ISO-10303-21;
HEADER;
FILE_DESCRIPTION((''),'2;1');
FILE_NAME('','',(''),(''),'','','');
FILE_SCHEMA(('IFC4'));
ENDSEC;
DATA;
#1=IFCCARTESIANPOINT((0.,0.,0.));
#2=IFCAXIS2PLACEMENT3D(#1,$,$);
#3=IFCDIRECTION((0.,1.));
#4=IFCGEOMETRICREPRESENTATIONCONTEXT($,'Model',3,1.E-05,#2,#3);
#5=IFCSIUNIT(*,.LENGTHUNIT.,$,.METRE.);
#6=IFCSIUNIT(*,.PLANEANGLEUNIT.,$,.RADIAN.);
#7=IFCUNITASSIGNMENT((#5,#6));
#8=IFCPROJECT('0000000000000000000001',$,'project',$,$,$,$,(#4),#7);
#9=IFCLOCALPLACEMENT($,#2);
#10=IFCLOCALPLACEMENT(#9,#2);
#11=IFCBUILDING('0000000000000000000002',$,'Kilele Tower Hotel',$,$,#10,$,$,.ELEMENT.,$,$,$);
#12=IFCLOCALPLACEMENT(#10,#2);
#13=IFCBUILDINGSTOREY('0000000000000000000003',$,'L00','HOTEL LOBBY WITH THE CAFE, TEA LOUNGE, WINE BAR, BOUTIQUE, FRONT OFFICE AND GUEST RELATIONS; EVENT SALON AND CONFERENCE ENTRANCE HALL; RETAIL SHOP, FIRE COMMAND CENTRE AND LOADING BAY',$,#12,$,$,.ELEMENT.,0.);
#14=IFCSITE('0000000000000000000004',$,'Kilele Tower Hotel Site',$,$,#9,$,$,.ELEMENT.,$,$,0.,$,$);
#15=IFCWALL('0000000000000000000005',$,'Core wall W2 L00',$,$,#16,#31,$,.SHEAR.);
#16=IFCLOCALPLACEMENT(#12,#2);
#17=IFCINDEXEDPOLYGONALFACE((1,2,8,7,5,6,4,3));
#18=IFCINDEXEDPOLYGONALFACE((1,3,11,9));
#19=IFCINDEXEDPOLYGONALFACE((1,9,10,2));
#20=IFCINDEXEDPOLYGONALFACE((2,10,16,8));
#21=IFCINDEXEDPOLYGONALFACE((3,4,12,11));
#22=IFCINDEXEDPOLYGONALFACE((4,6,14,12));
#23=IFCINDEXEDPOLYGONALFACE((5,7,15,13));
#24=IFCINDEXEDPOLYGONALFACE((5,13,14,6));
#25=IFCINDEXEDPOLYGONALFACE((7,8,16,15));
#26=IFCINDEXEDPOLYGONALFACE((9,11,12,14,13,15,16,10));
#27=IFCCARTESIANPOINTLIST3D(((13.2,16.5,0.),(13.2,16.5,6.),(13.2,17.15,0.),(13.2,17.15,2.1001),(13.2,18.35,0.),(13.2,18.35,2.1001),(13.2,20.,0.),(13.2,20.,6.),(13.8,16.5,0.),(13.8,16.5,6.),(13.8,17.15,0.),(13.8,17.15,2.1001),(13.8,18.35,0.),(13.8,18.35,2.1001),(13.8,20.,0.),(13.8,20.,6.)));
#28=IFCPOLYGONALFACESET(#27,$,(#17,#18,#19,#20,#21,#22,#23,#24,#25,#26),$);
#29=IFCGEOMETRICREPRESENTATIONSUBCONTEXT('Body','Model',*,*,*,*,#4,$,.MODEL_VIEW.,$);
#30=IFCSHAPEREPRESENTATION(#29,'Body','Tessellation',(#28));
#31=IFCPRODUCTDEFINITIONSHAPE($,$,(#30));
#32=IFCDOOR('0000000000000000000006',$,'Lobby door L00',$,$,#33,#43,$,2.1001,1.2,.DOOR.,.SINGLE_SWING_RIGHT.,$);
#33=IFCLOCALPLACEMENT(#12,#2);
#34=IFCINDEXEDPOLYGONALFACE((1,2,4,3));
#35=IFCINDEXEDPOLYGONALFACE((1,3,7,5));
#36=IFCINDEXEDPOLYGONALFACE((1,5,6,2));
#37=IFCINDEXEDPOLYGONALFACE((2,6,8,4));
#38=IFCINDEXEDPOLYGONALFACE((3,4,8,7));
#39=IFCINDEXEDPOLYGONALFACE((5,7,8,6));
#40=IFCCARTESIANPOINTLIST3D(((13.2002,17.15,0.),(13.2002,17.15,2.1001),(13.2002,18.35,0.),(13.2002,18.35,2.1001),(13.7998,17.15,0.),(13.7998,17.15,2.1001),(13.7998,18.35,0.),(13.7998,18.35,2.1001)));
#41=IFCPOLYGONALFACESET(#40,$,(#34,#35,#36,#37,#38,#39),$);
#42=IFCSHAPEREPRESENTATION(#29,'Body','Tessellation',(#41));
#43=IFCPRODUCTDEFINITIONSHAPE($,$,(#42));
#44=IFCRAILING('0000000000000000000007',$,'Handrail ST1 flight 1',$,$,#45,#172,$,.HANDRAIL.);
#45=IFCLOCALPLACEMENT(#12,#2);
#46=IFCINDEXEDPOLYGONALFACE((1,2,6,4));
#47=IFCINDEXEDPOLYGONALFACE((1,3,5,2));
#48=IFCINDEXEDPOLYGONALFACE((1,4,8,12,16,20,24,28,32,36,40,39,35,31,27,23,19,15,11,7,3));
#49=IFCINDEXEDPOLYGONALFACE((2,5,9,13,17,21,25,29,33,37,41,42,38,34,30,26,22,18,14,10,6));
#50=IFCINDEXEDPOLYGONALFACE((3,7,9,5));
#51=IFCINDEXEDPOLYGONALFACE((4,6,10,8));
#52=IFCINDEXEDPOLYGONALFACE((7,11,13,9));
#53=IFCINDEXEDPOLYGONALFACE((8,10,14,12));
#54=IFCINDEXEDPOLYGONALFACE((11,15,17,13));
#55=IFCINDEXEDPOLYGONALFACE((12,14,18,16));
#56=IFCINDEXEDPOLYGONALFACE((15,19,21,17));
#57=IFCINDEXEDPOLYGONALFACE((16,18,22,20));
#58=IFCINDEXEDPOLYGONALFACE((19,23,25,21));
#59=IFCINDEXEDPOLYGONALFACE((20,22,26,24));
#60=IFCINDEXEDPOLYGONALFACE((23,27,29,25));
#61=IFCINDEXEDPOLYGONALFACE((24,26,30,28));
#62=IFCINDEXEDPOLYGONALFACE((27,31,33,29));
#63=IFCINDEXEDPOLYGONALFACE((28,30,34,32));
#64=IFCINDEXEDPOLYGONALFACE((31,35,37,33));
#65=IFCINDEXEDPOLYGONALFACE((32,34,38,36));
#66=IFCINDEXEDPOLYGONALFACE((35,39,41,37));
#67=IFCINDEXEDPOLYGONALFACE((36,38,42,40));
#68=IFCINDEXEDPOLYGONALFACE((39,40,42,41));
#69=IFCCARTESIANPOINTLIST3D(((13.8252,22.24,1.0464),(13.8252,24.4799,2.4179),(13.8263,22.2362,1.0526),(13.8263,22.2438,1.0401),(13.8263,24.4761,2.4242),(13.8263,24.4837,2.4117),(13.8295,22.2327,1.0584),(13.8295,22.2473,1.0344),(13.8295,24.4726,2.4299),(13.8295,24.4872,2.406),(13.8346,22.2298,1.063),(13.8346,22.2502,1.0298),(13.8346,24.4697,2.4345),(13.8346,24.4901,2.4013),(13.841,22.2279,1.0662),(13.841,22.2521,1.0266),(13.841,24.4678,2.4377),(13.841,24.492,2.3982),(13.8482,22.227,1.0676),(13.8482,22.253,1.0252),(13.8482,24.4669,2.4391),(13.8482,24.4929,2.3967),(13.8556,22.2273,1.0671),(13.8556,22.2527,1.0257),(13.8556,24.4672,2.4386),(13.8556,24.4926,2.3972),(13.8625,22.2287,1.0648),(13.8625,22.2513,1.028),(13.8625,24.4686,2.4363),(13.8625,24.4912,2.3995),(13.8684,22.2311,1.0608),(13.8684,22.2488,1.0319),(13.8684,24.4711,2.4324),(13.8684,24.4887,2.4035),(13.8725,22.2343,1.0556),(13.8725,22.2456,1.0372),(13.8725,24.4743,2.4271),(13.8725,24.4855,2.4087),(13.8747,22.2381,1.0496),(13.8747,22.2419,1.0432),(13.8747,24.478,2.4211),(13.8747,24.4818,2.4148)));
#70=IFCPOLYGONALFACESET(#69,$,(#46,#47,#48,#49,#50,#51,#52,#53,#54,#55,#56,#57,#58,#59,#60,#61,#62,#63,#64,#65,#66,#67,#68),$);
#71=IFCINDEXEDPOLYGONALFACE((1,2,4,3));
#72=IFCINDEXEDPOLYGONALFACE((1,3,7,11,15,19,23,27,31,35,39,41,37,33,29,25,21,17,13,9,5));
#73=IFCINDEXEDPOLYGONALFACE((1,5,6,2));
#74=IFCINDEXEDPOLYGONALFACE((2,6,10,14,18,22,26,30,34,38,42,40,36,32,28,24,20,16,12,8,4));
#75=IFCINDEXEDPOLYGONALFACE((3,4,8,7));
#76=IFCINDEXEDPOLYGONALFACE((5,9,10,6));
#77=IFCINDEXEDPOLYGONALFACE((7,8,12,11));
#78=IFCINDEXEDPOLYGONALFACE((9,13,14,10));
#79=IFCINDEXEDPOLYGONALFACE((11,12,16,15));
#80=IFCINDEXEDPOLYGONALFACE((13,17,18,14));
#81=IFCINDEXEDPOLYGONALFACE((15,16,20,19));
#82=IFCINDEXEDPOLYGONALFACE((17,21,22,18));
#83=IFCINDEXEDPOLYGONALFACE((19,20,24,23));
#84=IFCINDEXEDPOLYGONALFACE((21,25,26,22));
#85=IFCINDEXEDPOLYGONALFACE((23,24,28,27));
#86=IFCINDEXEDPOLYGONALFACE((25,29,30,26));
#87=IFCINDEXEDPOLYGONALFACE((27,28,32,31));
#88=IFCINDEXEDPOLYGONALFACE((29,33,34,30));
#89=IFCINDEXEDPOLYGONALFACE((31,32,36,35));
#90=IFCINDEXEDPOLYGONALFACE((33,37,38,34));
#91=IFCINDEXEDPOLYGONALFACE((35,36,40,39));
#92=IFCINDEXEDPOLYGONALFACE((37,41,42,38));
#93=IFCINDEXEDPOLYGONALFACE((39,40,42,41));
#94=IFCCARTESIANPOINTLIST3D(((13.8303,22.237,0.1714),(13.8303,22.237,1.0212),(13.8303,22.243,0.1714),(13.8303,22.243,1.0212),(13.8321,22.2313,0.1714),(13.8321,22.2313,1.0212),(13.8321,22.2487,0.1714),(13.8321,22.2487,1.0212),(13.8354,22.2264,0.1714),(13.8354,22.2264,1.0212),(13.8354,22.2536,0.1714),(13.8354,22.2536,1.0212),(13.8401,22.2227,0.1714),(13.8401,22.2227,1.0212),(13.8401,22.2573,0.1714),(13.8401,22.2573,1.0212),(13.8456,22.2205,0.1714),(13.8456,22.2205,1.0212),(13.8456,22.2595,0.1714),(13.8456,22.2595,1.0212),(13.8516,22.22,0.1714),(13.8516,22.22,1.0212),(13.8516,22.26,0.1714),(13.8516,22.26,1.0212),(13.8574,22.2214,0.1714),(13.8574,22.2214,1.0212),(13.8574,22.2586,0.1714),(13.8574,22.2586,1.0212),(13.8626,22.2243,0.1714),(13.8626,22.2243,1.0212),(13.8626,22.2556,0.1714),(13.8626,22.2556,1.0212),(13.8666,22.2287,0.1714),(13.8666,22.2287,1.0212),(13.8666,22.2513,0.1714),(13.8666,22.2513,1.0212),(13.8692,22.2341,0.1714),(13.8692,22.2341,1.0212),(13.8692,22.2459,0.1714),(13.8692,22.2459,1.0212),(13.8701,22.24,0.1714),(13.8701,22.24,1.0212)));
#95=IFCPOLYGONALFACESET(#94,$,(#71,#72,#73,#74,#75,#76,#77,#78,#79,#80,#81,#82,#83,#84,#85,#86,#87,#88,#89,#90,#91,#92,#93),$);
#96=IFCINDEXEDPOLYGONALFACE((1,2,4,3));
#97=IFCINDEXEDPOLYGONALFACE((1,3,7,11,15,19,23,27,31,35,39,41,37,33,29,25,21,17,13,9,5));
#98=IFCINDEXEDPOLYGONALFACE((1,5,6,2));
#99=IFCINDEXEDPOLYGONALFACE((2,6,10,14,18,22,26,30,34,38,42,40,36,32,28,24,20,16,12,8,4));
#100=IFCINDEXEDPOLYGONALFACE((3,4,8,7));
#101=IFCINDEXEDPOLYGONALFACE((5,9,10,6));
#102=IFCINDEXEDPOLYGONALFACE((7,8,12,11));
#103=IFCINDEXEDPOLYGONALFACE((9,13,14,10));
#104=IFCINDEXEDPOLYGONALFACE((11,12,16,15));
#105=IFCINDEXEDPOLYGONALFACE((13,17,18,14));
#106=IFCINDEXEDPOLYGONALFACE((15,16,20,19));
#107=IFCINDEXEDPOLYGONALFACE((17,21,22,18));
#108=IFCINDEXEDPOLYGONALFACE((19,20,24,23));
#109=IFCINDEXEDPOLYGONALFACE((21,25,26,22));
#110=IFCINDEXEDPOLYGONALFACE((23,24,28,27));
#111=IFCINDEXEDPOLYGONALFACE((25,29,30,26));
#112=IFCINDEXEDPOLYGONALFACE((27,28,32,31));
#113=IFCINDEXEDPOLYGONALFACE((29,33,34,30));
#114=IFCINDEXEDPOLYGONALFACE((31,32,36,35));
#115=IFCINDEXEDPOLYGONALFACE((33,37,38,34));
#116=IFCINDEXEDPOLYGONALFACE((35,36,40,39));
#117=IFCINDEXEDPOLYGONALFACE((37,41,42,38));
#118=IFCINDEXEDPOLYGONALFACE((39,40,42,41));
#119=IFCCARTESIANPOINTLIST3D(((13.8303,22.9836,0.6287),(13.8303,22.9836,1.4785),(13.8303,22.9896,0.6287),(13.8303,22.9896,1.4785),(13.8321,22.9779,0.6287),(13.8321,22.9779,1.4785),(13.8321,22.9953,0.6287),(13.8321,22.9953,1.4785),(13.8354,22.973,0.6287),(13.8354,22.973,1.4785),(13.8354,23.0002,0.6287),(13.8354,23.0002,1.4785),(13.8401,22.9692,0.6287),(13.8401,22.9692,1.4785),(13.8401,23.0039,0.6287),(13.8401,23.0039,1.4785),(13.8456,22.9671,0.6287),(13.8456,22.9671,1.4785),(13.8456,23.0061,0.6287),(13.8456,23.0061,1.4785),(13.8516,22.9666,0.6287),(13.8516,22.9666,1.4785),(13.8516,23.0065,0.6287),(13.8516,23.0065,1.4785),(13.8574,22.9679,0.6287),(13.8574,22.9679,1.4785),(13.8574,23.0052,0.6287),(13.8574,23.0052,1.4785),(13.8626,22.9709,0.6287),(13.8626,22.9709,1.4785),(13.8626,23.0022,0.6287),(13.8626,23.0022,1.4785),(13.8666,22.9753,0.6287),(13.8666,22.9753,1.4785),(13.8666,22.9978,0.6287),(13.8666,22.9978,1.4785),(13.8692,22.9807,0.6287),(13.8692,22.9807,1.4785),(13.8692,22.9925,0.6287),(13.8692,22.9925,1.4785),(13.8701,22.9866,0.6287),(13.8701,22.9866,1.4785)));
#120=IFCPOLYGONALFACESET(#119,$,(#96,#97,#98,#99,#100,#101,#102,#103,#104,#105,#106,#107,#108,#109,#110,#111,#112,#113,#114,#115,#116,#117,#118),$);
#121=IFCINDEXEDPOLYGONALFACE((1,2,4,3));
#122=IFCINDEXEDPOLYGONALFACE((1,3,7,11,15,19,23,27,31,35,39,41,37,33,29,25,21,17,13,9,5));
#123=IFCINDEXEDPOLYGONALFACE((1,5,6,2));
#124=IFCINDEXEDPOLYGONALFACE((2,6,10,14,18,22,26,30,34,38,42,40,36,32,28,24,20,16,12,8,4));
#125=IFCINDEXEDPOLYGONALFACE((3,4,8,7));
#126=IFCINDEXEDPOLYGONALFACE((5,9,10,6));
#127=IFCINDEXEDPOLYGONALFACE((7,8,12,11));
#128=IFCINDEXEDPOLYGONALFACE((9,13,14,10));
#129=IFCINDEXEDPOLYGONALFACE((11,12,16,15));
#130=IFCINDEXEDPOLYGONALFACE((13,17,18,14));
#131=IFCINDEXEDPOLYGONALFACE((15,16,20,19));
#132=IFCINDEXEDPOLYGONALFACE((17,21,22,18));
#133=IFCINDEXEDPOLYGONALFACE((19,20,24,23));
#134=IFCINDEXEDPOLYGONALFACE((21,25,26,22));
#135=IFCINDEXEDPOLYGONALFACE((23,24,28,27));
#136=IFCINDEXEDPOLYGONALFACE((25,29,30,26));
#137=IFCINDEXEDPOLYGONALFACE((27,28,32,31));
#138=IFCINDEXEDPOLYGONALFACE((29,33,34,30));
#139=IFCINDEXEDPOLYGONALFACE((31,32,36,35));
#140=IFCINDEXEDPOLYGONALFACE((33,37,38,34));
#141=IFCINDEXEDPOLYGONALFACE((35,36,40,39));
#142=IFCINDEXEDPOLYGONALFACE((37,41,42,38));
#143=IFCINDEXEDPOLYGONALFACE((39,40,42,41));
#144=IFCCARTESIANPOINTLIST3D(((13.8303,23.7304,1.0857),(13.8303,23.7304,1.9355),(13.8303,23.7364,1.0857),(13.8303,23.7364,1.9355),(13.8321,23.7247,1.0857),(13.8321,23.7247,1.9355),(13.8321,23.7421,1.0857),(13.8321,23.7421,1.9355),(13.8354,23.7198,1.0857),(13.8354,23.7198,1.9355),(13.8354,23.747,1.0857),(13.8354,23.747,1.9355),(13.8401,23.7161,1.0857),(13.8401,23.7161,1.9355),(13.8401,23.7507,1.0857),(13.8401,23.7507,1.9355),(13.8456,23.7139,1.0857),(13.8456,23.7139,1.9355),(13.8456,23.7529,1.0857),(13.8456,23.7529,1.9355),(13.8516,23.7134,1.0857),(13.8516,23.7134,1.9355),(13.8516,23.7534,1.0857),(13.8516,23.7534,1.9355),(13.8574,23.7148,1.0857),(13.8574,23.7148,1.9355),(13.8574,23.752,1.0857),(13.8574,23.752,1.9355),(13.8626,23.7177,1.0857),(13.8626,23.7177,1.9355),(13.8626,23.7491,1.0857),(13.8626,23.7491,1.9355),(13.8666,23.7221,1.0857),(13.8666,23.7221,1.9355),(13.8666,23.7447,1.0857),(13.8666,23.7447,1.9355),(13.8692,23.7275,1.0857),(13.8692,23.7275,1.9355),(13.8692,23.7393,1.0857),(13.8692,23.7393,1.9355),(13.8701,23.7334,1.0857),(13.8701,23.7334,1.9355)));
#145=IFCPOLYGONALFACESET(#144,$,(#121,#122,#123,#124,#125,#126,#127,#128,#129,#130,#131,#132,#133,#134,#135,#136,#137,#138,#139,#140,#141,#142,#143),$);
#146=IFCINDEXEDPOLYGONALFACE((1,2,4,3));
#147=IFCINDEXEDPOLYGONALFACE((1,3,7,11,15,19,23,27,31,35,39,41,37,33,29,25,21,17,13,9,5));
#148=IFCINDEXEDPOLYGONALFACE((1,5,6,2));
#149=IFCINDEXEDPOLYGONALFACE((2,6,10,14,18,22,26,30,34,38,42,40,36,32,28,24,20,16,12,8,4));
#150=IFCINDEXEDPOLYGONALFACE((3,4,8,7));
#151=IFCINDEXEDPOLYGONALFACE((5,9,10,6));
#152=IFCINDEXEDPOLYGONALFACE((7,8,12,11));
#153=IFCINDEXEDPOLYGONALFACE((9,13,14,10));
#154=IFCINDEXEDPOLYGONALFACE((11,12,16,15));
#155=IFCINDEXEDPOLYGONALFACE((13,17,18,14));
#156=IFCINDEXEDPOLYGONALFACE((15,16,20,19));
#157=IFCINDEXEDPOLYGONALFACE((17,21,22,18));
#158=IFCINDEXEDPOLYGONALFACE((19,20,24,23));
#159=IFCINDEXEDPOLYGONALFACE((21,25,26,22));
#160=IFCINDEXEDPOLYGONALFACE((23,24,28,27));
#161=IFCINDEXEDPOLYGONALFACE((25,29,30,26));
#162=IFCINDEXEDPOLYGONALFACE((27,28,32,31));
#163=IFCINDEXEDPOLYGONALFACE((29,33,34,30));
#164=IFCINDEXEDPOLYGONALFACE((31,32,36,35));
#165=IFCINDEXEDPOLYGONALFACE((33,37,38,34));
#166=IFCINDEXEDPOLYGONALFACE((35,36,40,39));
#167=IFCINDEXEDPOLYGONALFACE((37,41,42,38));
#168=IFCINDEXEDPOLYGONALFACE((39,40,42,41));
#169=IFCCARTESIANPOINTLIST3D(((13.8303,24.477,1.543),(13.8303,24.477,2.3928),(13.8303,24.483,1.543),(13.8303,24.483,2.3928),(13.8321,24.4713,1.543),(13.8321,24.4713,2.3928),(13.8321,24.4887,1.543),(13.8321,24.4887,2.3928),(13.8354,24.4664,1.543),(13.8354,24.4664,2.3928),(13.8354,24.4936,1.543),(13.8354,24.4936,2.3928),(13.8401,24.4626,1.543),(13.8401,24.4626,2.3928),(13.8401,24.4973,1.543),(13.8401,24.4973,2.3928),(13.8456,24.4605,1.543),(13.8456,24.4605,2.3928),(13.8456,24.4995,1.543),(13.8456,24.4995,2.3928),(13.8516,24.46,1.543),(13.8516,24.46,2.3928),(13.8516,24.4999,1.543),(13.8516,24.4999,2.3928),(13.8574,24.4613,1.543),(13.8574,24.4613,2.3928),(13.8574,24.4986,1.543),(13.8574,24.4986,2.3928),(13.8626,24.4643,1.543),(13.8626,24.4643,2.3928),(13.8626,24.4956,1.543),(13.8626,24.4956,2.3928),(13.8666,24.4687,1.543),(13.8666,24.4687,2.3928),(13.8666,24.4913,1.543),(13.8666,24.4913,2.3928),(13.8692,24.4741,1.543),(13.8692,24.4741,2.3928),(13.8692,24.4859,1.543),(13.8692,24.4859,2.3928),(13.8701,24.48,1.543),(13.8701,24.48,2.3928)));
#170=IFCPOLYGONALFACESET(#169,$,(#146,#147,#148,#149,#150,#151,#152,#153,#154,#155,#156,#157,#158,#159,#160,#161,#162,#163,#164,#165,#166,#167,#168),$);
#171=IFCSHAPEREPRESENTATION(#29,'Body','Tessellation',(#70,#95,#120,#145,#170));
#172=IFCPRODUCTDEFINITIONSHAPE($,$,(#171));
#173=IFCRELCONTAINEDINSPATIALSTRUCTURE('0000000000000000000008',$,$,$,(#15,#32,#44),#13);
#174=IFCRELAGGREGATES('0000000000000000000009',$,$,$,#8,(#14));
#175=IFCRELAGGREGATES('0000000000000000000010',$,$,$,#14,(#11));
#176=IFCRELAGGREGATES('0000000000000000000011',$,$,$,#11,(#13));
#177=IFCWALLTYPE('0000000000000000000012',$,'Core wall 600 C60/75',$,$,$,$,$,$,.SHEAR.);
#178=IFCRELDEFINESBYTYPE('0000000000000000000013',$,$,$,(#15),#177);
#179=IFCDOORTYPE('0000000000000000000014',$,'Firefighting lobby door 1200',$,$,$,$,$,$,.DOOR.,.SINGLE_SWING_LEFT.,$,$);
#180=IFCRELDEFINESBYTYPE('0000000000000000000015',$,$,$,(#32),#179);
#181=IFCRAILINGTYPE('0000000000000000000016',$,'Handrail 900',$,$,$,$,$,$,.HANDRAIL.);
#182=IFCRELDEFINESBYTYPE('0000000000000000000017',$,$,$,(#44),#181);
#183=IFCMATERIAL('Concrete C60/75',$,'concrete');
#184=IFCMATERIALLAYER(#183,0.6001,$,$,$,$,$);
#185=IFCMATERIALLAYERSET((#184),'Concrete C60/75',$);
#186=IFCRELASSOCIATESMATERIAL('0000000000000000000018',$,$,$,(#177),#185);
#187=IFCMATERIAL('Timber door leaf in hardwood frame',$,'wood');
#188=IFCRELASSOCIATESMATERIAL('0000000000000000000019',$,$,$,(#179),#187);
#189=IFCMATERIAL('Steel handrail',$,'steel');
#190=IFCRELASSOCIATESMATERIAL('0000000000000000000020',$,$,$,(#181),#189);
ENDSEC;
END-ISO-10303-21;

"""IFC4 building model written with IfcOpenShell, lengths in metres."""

from ifc_helpers import new_model, si_unit, direction, frame, frame_2d, origin, origin_2d, place, context, subcontext, project, spatial, rectangle, circle, extrude, material, layer, layer_set, type_object, element, fill, save


model = new_model("IFC4")

# Units and contexts
model_context = context("Model", 3, precision=1e-05, world=origin(), true_north=direction((0.0, 1.0)))
body_context = subcontext(model_context, "Body", "Model", "MODEL_VIEW")
ifc_project = project(units=[si_unit("LENGTHUNIT", "METRE"), si_unit("PLANEANGLEUNIT", "RADIAN")], contexts=[model_context])

# Site, building, storey
site_placement = place(None, origin())
site = spatial("IfcSite", under=ifc_project, at=site_placement, Name="Kilele Tower Hotel Site", CompositionType="ELEMENT", RefElevation=0.0)
building_placement = place(site_placement, origin())
building = spatial("IfcBuilding", under=site, at=building_placement, Name="Kilele Tower Hotel", CompositionType="ELEMENT")
storey_placement = place(building_placement, origin())
storey = spatial("IfcBuildingStorey", under=building, at=storey_placement, Name="L00", Description="HOTEL LOBBY WITH THE CAFE, TEA LOUNGE, WINE BAR, BOUTIQUE, FRONT OFFICE AND GUEST RELATIONS; EVENT SALON AND CONFERENCE ENTRANCE HALL; RETAIL SHOP, FIRE COMMAND CENTRE AND LOADING BAY", CompositionType="ELEMENT", Elevation=0.0)

# Shared definitions
ifc_material_1 = material(Name="Concrete C60/75", Category="concrete")
ifc_layer = layer(ifc_material_1, 0.6001)
ifc_layer_set = layer_set([ifc_layer], Name="Concrete C60/75")
wall_type = type_object("IfcWallType", Name="Core wall 600 C60/75", PredefinedType="SHEAR", material=ifc_layer_set)

# Wall, opening, door
wall_1_placement = place(storey_placement, frame((13.5, 20.0, 0.0), z_axis=(0.0, 0.0, 1.0), x_axis=(0.0, -1.0, 0.0)))
wall_1 = element("IfcWall", 1, at=wall_1_placement, inside=storey, type_object=wall_type, Name="Core wall W2 L00", PredefinedType="SHEAR", context=body_context, shape_type="SweptSolid", body=[
    extrude(rectangle(XDim=3.5, YDim=0.6001, at=frame_2d((1.75, 0.0))), origin(), (0.0, 0.0, 1.0), 6.0),
])
opening_1_placement = place(wall_1_placement, frame((1.6499, 0.0, 0.0)))
opening_1 = element("IfcOpeningElement", 2, at=opening_1_placement, cuts=wall_1, PredefinedType="OPENING", context=body_context, shape_type="SweptSolid", body=[
    extrude(rectangle(XDim=1.2, YDim=2.1001, at=frame_2d((0.6001, 1.05))), frame((0.0, 0.3101, 0.0), z_axis=(0.0, -1.0, 0.0), x_axis=(1.0, 0.0, 0.0)), (0.0, 0.0, 1.0), 0.6201),
])
ifc_material_2 = material(Name="Timber door leaf in hardwood frame", Category="wood")
door_type_1 = type_object("IfcDoorType", Name="Firefighting lobby door 1200", OperationType="SINGLE_SWING_LEFT", PredefinedType="DOOR", material=ifc_material_2)
door_1_placement = place(opening_1_placement, origin())
door_1 = element("IfcDoor", 3, at=door_1_placement, inside=storey, type_object=door_type_1, Name="Lobby door L00", OperationType="SINGLE_SWING_RIGHT", OverallHeight=2.1001, OverallWidth=1.2, PredefinedType="DOOR", context=body_context, shape_type="SweptSolid", body=[
    extrude(rectangle(XDim=1.2, YDim=2.1001, at=frame_2d((0.6001, 1.05))), frame((0.0, 0.2998, 0.0), z_axis=(0.0, -1.0, 0.0), x_axis=(1.0, 0.0, 0.0)), (0.0, 0.0, 1.0), 0.5996),
])
fill(opening_1, door_1)

# Railing
ifc_material_3 = material(Name="Steel handrail", Category="steel")
railing_type = type_object("IfcRailingType", Name="Handrail 900", PredefinedType="HANDRAIL", material=ifc_material_3)
railing_placement = place(storey_placement, frame((13.8501, 22.24, 0.1714)))
element("IfcRailing", 4, at=railing_placement, inside=storey, type_object=railing_type, Name="Handrail ST1 flight 1", PredefinedType="HANDRAIL", context=body_context, shape_type="SweptSolid", body=[
    extrude(circle(Radius=0.0249, at=origin_2d()), frame((0.0, 0.0, 0.875), z_axis=(0.0, 0.852824, 0.522198), x_axis=(-1.0, 0.0, 0.0)), (0.0, 0.0, 1.0), 2.6265),
    extrude(circle(Radius=0.02, at=origin_2d()), origin(), (0.0, 0.0, 1.0), 0.8499),
    extrude(circle(Radius=0.02, at=origin_2d()), frame((0.0, 0.7466, 0.4573)), (0.0, 0.0, 1.0), 0.8499),
    extrude(circle(Radius=0.02, at=origin_2d()), frame((0.0, 1.4934, 0.9143)), (0.0, 0.0, 1.0), 0.8499),
    extrude(circle(Radius=0.02, at=origin_2d()), frame((0.0, 2.24, 1.3716)), (0.0, 0.0, 1.0), 0.8499),
])

save(model, "model.ifc")
